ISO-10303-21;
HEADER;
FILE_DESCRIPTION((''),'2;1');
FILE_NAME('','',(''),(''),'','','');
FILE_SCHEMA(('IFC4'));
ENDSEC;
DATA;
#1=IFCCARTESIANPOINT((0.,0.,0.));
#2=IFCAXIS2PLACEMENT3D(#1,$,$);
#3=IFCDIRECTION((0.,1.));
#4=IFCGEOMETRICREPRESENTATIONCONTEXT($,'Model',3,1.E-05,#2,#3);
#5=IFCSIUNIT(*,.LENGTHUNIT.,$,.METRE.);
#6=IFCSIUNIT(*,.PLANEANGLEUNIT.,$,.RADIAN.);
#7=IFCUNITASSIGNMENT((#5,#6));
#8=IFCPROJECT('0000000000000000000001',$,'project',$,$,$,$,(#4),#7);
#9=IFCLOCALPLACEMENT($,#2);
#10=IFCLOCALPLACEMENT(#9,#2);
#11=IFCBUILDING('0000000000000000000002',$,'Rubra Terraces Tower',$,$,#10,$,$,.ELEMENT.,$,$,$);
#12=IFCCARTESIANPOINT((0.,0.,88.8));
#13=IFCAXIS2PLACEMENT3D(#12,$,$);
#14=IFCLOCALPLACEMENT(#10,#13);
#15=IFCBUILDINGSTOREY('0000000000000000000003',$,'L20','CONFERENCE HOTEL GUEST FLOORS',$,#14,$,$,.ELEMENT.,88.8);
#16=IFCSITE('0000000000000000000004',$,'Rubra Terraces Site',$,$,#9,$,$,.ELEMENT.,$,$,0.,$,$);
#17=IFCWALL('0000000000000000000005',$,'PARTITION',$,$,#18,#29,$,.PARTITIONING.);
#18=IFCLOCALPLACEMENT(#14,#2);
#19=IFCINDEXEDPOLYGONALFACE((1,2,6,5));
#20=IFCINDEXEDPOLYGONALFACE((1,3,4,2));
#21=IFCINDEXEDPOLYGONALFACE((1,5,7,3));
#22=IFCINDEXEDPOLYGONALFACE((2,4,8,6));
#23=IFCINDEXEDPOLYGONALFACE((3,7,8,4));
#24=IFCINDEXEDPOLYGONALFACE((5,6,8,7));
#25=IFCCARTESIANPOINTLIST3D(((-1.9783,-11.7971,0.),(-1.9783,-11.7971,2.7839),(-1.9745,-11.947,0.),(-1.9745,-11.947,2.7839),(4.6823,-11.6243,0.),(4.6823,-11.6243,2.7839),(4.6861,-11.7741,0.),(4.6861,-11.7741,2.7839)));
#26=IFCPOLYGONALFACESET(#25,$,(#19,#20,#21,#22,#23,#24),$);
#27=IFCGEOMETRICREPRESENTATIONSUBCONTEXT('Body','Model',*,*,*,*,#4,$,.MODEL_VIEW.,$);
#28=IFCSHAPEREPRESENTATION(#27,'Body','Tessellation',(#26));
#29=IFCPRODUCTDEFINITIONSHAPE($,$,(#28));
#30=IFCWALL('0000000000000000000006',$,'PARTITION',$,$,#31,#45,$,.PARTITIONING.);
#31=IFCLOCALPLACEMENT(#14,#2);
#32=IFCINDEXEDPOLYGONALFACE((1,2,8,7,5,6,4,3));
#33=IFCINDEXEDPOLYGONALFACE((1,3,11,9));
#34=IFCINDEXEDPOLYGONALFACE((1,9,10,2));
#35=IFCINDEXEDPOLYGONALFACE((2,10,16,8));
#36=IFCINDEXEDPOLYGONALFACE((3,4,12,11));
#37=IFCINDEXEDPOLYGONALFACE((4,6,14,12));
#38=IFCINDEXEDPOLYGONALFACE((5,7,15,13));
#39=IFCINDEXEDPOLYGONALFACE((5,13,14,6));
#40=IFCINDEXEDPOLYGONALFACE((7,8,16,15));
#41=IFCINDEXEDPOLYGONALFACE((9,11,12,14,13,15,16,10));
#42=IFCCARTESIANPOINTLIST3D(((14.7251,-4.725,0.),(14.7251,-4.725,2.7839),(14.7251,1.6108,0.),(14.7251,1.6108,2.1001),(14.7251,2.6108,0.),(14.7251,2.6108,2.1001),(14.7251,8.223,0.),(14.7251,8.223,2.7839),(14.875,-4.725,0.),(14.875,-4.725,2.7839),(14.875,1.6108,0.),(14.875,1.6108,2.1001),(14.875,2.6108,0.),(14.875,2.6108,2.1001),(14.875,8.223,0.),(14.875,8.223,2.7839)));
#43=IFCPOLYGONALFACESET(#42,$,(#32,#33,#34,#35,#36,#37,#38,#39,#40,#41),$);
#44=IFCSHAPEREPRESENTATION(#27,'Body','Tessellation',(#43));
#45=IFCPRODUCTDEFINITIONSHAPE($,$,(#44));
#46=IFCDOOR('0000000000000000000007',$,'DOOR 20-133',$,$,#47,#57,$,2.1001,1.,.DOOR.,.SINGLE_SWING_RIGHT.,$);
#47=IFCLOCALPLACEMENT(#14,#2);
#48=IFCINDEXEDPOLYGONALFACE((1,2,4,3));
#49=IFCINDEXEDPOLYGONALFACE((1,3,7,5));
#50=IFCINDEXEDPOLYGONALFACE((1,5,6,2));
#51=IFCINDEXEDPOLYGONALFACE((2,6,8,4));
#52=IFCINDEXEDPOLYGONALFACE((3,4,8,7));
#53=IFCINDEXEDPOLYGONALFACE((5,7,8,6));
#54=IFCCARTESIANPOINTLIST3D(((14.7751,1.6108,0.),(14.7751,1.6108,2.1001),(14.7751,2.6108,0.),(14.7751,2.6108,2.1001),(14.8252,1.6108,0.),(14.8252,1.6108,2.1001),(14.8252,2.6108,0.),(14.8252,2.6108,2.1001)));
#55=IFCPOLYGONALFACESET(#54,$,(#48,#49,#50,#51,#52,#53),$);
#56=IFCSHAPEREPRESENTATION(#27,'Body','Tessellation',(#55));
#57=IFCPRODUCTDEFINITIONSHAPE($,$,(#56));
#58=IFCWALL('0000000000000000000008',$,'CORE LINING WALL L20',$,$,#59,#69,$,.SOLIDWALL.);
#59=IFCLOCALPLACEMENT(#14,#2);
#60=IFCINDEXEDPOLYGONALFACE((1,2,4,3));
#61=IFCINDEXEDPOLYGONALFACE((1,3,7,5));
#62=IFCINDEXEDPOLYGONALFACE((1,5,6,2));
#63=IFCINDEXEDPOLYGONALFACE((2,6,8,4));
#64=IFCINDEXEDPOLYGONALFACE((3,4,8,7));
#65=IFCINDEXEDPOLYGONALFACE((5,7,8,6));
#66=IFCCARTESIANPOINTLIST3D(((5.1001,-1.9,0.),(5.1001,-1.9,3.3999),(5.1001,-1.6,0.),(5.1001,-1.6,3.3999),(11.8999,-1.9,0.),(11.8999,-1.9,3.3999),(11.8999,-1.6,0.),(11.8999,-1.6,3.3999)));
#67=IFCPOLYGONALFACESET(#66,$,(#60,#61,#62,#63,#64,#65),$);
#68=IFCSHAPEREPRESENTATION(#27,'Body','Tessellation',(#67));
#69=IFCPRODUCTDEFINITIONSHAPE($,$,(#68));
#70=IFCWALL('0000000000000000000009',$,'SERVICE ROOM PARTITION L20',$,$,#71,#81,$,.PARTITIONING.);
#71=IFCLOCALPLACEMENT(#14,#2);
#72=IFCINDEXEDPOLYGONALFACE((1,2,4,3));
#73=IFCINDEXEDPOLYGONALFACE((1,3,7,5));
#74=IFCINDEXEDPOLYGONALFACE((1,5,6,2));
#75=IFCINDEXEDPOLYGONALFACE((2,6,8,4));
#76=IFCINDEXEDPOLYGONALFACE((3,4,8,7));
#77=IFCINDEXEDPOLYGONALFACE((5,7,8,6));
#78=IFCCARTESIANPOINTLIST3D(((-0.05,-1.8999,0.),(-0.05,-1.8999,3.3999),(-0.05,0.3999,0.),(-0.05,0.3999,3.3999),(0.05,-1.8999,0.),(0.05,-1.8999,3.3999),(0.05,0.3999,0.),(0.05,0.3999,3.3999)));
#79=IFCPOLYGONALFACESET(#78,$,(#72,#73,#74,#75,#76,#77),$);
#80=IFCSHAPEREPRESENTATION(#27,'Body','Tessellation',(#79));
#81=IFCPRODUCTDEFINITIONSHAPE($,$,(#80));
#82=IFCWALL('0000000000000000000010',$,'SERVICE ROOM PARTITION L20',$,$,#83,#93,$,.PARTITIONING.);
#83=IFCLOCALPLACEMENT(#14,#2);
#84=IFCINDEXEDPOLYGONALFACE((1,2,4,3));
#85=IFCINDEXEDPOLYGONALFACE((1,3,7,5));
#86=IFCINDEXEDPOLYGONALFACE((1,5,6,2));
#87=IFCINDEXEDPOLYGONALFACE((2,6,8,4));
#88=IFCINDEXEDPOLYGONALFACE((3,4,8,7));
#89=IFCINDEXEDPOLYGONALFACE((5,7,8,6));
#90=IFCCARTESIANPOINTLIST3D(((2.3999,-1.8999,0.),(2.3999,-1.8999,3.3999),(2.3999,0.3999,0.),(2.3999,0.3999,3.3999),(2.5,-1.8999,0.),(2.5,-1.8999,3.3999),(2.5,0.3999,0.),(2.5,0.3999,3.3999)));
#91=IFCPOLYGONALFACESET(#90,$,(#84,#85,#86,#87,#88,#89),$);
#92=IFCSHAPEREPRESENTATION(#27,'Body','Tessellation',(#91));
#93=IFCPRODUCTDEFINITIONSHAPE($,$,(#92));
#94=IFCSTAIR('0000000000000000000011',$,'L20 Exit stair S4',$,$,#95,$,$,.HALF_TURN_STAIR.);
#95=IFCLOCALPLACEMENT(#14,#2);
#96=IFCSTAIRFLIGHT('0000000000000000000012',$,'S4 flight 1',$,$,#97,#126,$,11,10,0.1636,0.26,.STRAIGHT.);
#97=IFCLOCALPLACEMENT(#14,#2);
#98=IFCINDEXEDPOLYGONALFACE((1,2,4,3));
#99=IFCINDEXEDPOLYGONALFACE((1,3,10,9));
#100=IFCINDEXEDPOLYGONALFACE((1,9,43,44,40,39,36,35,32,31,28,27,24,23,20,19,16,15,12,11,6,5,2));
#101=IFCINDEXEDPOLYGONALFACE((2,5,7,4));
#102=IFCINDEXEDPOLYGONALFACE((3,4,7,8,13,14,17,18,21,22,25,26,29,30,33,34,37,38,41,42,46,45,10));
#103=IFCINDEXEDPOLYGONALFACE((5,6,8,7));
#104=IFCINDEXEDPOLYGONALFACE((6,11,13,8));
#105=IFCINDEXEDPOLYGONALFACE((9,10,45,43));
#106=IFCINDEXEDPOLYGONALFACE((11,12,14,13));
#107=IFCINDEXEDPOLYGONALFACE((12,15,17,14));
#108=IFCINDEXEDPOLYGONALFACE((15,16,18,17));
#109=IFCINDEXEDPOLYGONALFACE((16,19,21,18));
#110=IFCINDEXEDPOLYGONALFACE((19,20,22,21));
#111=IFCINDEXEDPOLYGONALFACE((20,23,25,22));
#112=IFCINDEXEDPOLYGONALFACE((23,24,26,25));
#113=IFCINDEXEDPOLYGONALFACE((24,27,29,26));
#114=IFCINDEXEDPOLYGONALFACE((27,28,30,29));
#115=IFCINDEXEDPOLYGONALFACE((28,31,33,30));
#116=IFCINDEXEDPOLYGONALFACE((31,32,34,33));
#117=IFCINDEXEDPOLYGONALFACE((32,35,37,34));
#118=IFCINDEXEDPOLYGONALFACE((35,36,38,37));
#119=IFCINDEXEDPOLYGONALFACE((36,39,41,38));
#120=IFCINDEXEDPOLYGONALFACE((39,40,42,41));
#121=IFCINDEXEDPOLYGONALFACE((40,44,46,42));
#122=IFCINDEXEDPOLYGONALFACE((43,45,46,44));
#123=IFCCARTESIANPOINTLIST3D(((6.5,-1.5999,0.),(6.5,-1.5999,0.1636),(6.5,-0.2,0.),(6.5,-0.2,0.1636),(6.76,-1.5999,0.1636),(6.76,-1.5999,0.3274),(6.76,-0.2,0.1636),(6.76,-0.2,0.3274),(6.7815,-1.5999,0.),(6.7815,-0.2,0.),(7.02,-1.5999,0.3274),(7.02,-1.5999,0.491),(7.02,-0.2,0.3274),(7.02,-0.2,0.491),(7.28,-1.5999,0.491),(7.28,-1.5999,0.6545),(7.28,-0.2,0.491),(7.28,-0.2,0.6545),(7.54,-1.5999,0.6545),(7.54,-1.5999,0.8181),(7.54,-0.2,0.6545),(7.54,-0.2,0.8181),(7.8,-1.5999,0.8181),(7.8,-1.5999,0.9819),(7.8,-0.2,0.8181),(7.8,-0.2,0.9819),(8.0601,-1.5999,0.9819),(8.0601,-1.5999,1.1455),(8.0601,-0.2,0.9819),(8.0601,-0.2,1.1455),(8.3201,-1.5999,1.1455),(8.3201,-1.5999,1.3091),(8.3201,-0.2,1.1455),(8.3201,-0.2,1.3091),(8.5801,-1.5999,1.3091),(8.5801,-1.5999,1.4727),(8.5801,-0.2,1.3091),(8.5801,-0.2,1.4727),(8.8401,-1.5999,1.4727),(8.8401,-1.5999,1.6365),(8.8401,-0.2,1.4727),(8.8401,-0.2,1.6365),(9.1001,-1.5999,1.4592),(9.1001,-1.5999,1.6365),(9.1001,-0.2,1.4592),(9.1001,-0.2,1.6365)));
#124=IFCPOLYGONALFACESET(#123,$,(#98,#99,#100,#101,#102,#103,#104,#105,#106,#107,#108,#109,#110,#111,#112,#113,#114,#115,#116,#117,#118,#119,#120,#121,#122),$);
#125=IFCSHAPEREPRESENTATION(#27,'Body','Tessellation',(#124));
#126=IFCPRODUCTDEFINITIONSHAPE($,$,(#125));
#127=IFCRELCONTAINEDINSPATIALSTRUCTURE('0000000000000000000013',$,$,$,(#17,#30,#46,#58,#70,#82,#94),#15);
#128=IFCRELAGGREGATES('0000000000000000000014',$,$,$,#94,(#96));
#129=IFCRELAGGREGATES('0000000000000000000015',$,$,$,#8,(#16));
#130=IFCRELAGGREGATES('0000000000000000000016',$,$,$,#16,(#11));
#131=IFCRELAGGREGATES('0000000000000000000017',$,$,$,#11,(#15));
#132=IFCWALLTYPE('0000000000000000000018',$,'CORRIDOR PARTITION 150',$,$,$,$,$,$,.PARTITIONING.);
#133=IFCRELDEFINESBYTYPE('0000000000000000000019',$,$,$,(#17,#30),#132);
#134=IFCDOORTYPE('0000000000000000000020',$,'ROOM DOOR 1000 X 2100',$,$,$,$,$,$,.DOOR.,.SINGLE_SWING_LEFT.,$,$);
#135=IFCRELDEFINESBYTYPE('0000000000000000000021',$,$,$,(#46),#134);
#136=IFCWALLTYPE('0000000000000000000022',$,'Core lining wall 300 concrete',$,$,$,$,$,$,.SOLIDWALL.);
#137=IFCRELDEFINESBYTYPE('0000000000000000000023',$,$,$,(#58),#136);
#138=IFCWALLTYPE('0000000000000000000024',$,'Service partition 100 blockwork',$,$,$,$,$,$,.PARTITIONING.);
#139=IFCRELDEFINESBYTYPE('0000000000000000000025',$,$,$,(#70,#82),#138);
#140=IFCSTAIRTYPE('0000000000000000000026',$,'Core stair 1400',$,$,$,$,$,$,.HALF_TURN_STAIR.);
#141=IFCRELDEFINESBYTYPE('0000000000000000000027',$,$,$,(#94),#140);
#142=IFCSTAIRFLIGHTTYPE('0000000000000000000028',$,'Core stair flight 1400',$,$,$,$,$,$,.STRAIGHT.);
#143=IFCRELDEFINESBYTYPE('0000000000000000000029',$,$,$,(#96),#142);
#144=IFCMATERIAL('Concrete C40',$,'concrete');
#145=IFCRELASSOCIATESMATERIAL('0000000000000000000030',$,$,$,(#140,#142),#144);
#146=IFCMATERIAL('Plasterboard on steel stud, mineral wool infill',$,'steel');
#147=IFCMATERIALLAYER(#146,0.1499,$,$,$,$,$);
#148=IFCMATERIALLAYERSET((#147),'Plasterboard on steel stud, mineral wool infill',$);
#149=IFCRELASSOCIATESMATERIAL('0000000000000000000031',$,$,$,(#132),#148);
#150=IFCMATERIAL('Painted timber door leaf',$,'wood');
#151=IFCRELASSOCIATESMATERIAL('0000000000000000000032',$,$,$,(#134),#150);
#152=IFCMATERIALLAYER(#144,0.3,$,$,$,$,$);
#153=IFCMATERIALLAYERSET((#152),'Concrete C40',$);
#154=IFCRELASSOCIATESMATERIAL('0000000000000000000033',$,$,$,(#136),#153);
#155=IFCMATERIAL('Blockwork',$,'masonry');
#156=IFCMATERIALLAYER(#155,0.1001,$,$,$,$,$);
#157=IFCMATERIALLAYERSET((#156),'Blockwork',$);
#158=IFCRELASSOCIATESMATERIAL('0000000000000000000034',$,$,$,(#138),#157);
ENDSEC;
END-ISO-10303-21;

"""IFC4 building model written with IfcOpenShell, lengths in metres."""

from ifc_helpers import new_model, si_unit, direction, frame, frame_2d, origin, place, context, subcontext, project, spatial, polyline, rectangle, outline, extrude, material, layer, layer_set, type_object, element, fill, aggregate, save


model = new_model("IFC4")

# Units and contexts
model_context = context("Model", 3, precision=1e-05, world=origin(), true_north=direction((0.0, 1.0)))
body_context = subcontext(model_context, "Body", "Model", "MODEL_VIEW")
ifc_project = project(units=[si_unit("LENGTHUNIT", "METRE"), si_unit("PLANEANGLEUNIT", "RADIAN")], contexts=[model_context])

# Site, building, storey
site_placement = place(None, origin())
site = spatial("IfcSite", under=ifc_project, at=site_placement, Name="Rubra Terraces Site", CompositionType="ELEMENT", RefElevation=0.0)
building_placement = place(site_placement, origin())
building = spatial("IfcBuilding", under=site, at=building_placement, Name="Rubra Terraces Tower", CompositionType="ELEMENT")
storey_placement = place(building_placement, frame((0.0, 0.0, 88.8)))
storey = spatial("IfcBuildingStorey", under=building, at=storey_placement, Name="L20", Description="CONFERENCE HOTEL GUEST FLOORS", CompositionType="ELEMENT", Elevation=88.8)

# Shared definitions
ifc_material_1 = material(Name="Concrete C40", Category="concrete")
stair_type = type_object("IfcStairType", Name="Core stair 1400", PredefinedType="HALF_TURN_STAIR", material=ifc_material_1)

# Shared definitions
ifc_material_2 = material(Name="Plasterboard on steel stud, mineral wool infill", Category="steel")
ifc_layer_1 = layer(ifc_material_2, 0.1499)
ifc_layer_set_1 = layer_set([ifc_layer_1], Name="Plasterboard on steel stud, mineral wool infill")
wall_type_1 = type_object("IfcWallType", Name="CORRIDOR PARTITION 150", PredefinedType="PARTITIONING", material=ifc_layer_set_1)

# Shared definitions
ifc_material_3 = material(Name="Painted timber door leaf", Category="wood")
door_type_1 = type_object("IfcDoorType", Name="ROOM DOOR 1000 X 2100", OperationType="SINGLE_SWING_LEFT", PredefinedType="DOOR", material=ifc_material_3)

# Wall
wall_1_placement = place(storey_placement, frame((4.6843, -11.6992, 0.0), z_axis=(0.0, 0.0, 1.0), x_axis=(-0.999663, -0.025942, 0.0)))
element("IfcWall", 1, at=wall_1_placement, inside=storey, type_object=wall_type_1, Name="PARTITION", PredefinedType="PARTITIONING", context=body_context, shape_type="SweptSolid", body=[
    extrude(rectangle(XDim=6.6628, YDim=0.1499, at=frame_2d((3.3315, 0.0))), origin(), (0.0, 0.0, 1.0), 2.7839),
])

# Wall, opening, door
wall_2_placement = place(storey_placement, frame((14.8, -4.7251, 0.0), z_axis=(0.0, 0.0, 1.0), x_axis=(0.0, 1.0, 0.0)))
wall_2 = element("IfcWall", 2, at=wall_2_placement, inside=storey, type_object=wall_type_1, Name="PARTITION", PredefinedType="PARTITIONING", context=body_context, shape_type="SweptSolid", body=[
    extrude(rectangle(XDim=12.948, YDim=0.1499, at=frame_2d((6.4741, 0.0))), origin(), (0.0, 0.0, 1.0), 2.7839),
])
opening_1_placement = place(wall_2_placement, frame((6.3359, 0.0, 0.0)))
opening_1 = element("IfcOpeningElement", 3, at=opening_1_placement, cuts=wall_2, PredefinedType="OPENING", context=body_context, shape_type="SweptSolid", body=[
    extrude(rectangle(XDim=1.0, YDim=2.1001, at=frame_2d((0.5, 1.05))), frame((0.0, 0.085, 0.0), z_axis=(0.0, -1.0, 0.0), x_axis=(1.0, 0.0, 0.0)), (0.0, 0.0, 1.0), 0.1699),
])
door_1_placement = place(opening_1_placement, origin())
door_1 = element("IfcDoor", 4, at=door_1_placement, inside=storey, type_object=door_type_1, Name="DOOR 20-133", OperationType="SINGLE_SWING_RIGHT", OverallHeight=2.1001, OverallWidth=1.0, PredefinedType="DOOR", context=body_context, shape_type="SweptSolid", body=[
    extrude(rectangle(XDim=1.0, YDim=2.1001, at=frame_2d((0.5, 1.05))), frame((0.0, 0.0249, 0.0), z_axis=(0.0, -1.0, 0.0), x_axis=(1.0, 0.0, 0.0)), (0.0, 0.0, 1.0), 0.05),
])
fill(opening_1, door_1)

# Walls
ifc_layer_2 = layer(ifc_material_1, 0.3)
ifc_layer_set_2 = layer_set([ifc_layer_2], Name="Concrete C40")
wall_type_2 = type_object("IfcWallType", Name="Core lining wall 300 concrete", PredefinedType="SOLIDWALL", material=ifc_layer_set_2)
wall_3_placement = place(storey_placement, frame((11.8999, -1.75, 0.0), z_axis=(0.0, 0.0, 1.0), x_axis=(-1.0, 0.0, 0.0)))
element("IfcWall", 5, at=wall_3_placement, inside=storey, type_object=wall_type_2, Name="CORE LINING WALL L20", PredefinedType="SOLIDWALL", context=body_context, shape_type="SweptSolid", body=[
    extrude(rectangle(XDim=6.7998, YDim=0.3, at=frame_2d((3.3999, 0.0))), origin(), (0.0, 0.0, 1.0), 3.3999),
])
ifc_material_4 = material(Name="Blockwork", Category="masonry")
ifc_layer_3 = layer(ifc_material_4, 0.1001)
ifc_layer_set_3 = layer_set([ifc_layer_3], Name="Blockwork")
wall_type_3 = type_object("IfcWallType", Name="Service partition 100 blockwork", PredefinedType="PARTITIONING", material=ifc_layer_set_3)
for number, where, z_axis, x_axis, name in (
    (6, (0.0, -1.8999, 0.0), (0.0, 0.0, 1.0), (0.0, 1.0, 0.0), "SERVICE ROOM PARTITION L20"),
    (7, (2.45, -1.8999, 0.0), (0.0, 0.0, 1.0), (0.0, 1.0, 0.0), "SERVICE ROOM PARTITION L20"),
):
    element("IfcWall", number, at=place(storey_placement, frame(where, z_axis=z_axis, x_axis=x_axis)), inside=storey, type_object=wall_type_3, Name=name, PredefinedType="PARTITIONING", context=body_context, shape_type="SweptSolid", body=[
        extrude(rectangle(XDim=2.2998, YDim=0.1001, at=frame_2d((1.1499, 0.0))), origin(), (0.0, 0.0, 1.0), 3.3999),
    ])

# Stair, stair flight
stair_1_placement = place(storey_placement, origin())
stair_1 = element("IfcStair", 8, at=stair_1_placement, inside=storey, type_object=stair_type, Name="L20 Exit stair S4", PredefinedType="HALF_TURN_STAIR")
stair_flight_type = type_object("IfcStairFlightType", Name="Core stair flight 1400", PredefinedType="STRAIGHT", material=ifc_material_1)
stair_flight_placement = place(storey_placement, frame((6.5, -0.8999, 0.0), z_axis=(0.0, 0.0, 1.0), x_axis=(1.0, 0.0, 0.0)))
stair_flight = element("IfcStairFlight", 9, at=stair_flight_placement, type_object=stair_flight_type, Name="S4 flight 1", NumberOfRisers=11, NumberOfTreads=10, PredefinedType="STRAIGHT", RiserHeight=0.1636, TreadLength=0.26, context=body_context, shape_type="SweptSolid", body=[
    extrude(outline(polyline([(0.0, 0.0), (0.0, 0.1636), (0.26, 0.1636), (0.26, 0.3274), (0.52, 0.3274), (0.52, 0.491), (0.78, 0.491), (0.78, 0.6545), (1.04, 0.6545), (1.04, 0.8181), (1.3, 0.8181), (1.3, 0.9819), (1.5601, 0.9819), (1.5601, 1.1455), (1.8201, 1.1455), (1.8201, 1.3091), (2.0801, 1.3091), (2.0801, 1.4727), (2.3401, 1.4727), (2.3401, 1.6365), (2.6001, 1.6365), (2.6001, 1.8), (2.6001, 1.4592), (0.2815, 0.0), (0.0, 0.0)])), frame((0.0, 0.7, 0.0), z_axis=(0.0, -1.0, 0.0), x_axis=(1.0, 0.0, 0.0)), (0.0, 0.0, 1.0), 1.3999),
])
aggregate(stair_1, [stair_flight])

save(model, "model.ifc")
